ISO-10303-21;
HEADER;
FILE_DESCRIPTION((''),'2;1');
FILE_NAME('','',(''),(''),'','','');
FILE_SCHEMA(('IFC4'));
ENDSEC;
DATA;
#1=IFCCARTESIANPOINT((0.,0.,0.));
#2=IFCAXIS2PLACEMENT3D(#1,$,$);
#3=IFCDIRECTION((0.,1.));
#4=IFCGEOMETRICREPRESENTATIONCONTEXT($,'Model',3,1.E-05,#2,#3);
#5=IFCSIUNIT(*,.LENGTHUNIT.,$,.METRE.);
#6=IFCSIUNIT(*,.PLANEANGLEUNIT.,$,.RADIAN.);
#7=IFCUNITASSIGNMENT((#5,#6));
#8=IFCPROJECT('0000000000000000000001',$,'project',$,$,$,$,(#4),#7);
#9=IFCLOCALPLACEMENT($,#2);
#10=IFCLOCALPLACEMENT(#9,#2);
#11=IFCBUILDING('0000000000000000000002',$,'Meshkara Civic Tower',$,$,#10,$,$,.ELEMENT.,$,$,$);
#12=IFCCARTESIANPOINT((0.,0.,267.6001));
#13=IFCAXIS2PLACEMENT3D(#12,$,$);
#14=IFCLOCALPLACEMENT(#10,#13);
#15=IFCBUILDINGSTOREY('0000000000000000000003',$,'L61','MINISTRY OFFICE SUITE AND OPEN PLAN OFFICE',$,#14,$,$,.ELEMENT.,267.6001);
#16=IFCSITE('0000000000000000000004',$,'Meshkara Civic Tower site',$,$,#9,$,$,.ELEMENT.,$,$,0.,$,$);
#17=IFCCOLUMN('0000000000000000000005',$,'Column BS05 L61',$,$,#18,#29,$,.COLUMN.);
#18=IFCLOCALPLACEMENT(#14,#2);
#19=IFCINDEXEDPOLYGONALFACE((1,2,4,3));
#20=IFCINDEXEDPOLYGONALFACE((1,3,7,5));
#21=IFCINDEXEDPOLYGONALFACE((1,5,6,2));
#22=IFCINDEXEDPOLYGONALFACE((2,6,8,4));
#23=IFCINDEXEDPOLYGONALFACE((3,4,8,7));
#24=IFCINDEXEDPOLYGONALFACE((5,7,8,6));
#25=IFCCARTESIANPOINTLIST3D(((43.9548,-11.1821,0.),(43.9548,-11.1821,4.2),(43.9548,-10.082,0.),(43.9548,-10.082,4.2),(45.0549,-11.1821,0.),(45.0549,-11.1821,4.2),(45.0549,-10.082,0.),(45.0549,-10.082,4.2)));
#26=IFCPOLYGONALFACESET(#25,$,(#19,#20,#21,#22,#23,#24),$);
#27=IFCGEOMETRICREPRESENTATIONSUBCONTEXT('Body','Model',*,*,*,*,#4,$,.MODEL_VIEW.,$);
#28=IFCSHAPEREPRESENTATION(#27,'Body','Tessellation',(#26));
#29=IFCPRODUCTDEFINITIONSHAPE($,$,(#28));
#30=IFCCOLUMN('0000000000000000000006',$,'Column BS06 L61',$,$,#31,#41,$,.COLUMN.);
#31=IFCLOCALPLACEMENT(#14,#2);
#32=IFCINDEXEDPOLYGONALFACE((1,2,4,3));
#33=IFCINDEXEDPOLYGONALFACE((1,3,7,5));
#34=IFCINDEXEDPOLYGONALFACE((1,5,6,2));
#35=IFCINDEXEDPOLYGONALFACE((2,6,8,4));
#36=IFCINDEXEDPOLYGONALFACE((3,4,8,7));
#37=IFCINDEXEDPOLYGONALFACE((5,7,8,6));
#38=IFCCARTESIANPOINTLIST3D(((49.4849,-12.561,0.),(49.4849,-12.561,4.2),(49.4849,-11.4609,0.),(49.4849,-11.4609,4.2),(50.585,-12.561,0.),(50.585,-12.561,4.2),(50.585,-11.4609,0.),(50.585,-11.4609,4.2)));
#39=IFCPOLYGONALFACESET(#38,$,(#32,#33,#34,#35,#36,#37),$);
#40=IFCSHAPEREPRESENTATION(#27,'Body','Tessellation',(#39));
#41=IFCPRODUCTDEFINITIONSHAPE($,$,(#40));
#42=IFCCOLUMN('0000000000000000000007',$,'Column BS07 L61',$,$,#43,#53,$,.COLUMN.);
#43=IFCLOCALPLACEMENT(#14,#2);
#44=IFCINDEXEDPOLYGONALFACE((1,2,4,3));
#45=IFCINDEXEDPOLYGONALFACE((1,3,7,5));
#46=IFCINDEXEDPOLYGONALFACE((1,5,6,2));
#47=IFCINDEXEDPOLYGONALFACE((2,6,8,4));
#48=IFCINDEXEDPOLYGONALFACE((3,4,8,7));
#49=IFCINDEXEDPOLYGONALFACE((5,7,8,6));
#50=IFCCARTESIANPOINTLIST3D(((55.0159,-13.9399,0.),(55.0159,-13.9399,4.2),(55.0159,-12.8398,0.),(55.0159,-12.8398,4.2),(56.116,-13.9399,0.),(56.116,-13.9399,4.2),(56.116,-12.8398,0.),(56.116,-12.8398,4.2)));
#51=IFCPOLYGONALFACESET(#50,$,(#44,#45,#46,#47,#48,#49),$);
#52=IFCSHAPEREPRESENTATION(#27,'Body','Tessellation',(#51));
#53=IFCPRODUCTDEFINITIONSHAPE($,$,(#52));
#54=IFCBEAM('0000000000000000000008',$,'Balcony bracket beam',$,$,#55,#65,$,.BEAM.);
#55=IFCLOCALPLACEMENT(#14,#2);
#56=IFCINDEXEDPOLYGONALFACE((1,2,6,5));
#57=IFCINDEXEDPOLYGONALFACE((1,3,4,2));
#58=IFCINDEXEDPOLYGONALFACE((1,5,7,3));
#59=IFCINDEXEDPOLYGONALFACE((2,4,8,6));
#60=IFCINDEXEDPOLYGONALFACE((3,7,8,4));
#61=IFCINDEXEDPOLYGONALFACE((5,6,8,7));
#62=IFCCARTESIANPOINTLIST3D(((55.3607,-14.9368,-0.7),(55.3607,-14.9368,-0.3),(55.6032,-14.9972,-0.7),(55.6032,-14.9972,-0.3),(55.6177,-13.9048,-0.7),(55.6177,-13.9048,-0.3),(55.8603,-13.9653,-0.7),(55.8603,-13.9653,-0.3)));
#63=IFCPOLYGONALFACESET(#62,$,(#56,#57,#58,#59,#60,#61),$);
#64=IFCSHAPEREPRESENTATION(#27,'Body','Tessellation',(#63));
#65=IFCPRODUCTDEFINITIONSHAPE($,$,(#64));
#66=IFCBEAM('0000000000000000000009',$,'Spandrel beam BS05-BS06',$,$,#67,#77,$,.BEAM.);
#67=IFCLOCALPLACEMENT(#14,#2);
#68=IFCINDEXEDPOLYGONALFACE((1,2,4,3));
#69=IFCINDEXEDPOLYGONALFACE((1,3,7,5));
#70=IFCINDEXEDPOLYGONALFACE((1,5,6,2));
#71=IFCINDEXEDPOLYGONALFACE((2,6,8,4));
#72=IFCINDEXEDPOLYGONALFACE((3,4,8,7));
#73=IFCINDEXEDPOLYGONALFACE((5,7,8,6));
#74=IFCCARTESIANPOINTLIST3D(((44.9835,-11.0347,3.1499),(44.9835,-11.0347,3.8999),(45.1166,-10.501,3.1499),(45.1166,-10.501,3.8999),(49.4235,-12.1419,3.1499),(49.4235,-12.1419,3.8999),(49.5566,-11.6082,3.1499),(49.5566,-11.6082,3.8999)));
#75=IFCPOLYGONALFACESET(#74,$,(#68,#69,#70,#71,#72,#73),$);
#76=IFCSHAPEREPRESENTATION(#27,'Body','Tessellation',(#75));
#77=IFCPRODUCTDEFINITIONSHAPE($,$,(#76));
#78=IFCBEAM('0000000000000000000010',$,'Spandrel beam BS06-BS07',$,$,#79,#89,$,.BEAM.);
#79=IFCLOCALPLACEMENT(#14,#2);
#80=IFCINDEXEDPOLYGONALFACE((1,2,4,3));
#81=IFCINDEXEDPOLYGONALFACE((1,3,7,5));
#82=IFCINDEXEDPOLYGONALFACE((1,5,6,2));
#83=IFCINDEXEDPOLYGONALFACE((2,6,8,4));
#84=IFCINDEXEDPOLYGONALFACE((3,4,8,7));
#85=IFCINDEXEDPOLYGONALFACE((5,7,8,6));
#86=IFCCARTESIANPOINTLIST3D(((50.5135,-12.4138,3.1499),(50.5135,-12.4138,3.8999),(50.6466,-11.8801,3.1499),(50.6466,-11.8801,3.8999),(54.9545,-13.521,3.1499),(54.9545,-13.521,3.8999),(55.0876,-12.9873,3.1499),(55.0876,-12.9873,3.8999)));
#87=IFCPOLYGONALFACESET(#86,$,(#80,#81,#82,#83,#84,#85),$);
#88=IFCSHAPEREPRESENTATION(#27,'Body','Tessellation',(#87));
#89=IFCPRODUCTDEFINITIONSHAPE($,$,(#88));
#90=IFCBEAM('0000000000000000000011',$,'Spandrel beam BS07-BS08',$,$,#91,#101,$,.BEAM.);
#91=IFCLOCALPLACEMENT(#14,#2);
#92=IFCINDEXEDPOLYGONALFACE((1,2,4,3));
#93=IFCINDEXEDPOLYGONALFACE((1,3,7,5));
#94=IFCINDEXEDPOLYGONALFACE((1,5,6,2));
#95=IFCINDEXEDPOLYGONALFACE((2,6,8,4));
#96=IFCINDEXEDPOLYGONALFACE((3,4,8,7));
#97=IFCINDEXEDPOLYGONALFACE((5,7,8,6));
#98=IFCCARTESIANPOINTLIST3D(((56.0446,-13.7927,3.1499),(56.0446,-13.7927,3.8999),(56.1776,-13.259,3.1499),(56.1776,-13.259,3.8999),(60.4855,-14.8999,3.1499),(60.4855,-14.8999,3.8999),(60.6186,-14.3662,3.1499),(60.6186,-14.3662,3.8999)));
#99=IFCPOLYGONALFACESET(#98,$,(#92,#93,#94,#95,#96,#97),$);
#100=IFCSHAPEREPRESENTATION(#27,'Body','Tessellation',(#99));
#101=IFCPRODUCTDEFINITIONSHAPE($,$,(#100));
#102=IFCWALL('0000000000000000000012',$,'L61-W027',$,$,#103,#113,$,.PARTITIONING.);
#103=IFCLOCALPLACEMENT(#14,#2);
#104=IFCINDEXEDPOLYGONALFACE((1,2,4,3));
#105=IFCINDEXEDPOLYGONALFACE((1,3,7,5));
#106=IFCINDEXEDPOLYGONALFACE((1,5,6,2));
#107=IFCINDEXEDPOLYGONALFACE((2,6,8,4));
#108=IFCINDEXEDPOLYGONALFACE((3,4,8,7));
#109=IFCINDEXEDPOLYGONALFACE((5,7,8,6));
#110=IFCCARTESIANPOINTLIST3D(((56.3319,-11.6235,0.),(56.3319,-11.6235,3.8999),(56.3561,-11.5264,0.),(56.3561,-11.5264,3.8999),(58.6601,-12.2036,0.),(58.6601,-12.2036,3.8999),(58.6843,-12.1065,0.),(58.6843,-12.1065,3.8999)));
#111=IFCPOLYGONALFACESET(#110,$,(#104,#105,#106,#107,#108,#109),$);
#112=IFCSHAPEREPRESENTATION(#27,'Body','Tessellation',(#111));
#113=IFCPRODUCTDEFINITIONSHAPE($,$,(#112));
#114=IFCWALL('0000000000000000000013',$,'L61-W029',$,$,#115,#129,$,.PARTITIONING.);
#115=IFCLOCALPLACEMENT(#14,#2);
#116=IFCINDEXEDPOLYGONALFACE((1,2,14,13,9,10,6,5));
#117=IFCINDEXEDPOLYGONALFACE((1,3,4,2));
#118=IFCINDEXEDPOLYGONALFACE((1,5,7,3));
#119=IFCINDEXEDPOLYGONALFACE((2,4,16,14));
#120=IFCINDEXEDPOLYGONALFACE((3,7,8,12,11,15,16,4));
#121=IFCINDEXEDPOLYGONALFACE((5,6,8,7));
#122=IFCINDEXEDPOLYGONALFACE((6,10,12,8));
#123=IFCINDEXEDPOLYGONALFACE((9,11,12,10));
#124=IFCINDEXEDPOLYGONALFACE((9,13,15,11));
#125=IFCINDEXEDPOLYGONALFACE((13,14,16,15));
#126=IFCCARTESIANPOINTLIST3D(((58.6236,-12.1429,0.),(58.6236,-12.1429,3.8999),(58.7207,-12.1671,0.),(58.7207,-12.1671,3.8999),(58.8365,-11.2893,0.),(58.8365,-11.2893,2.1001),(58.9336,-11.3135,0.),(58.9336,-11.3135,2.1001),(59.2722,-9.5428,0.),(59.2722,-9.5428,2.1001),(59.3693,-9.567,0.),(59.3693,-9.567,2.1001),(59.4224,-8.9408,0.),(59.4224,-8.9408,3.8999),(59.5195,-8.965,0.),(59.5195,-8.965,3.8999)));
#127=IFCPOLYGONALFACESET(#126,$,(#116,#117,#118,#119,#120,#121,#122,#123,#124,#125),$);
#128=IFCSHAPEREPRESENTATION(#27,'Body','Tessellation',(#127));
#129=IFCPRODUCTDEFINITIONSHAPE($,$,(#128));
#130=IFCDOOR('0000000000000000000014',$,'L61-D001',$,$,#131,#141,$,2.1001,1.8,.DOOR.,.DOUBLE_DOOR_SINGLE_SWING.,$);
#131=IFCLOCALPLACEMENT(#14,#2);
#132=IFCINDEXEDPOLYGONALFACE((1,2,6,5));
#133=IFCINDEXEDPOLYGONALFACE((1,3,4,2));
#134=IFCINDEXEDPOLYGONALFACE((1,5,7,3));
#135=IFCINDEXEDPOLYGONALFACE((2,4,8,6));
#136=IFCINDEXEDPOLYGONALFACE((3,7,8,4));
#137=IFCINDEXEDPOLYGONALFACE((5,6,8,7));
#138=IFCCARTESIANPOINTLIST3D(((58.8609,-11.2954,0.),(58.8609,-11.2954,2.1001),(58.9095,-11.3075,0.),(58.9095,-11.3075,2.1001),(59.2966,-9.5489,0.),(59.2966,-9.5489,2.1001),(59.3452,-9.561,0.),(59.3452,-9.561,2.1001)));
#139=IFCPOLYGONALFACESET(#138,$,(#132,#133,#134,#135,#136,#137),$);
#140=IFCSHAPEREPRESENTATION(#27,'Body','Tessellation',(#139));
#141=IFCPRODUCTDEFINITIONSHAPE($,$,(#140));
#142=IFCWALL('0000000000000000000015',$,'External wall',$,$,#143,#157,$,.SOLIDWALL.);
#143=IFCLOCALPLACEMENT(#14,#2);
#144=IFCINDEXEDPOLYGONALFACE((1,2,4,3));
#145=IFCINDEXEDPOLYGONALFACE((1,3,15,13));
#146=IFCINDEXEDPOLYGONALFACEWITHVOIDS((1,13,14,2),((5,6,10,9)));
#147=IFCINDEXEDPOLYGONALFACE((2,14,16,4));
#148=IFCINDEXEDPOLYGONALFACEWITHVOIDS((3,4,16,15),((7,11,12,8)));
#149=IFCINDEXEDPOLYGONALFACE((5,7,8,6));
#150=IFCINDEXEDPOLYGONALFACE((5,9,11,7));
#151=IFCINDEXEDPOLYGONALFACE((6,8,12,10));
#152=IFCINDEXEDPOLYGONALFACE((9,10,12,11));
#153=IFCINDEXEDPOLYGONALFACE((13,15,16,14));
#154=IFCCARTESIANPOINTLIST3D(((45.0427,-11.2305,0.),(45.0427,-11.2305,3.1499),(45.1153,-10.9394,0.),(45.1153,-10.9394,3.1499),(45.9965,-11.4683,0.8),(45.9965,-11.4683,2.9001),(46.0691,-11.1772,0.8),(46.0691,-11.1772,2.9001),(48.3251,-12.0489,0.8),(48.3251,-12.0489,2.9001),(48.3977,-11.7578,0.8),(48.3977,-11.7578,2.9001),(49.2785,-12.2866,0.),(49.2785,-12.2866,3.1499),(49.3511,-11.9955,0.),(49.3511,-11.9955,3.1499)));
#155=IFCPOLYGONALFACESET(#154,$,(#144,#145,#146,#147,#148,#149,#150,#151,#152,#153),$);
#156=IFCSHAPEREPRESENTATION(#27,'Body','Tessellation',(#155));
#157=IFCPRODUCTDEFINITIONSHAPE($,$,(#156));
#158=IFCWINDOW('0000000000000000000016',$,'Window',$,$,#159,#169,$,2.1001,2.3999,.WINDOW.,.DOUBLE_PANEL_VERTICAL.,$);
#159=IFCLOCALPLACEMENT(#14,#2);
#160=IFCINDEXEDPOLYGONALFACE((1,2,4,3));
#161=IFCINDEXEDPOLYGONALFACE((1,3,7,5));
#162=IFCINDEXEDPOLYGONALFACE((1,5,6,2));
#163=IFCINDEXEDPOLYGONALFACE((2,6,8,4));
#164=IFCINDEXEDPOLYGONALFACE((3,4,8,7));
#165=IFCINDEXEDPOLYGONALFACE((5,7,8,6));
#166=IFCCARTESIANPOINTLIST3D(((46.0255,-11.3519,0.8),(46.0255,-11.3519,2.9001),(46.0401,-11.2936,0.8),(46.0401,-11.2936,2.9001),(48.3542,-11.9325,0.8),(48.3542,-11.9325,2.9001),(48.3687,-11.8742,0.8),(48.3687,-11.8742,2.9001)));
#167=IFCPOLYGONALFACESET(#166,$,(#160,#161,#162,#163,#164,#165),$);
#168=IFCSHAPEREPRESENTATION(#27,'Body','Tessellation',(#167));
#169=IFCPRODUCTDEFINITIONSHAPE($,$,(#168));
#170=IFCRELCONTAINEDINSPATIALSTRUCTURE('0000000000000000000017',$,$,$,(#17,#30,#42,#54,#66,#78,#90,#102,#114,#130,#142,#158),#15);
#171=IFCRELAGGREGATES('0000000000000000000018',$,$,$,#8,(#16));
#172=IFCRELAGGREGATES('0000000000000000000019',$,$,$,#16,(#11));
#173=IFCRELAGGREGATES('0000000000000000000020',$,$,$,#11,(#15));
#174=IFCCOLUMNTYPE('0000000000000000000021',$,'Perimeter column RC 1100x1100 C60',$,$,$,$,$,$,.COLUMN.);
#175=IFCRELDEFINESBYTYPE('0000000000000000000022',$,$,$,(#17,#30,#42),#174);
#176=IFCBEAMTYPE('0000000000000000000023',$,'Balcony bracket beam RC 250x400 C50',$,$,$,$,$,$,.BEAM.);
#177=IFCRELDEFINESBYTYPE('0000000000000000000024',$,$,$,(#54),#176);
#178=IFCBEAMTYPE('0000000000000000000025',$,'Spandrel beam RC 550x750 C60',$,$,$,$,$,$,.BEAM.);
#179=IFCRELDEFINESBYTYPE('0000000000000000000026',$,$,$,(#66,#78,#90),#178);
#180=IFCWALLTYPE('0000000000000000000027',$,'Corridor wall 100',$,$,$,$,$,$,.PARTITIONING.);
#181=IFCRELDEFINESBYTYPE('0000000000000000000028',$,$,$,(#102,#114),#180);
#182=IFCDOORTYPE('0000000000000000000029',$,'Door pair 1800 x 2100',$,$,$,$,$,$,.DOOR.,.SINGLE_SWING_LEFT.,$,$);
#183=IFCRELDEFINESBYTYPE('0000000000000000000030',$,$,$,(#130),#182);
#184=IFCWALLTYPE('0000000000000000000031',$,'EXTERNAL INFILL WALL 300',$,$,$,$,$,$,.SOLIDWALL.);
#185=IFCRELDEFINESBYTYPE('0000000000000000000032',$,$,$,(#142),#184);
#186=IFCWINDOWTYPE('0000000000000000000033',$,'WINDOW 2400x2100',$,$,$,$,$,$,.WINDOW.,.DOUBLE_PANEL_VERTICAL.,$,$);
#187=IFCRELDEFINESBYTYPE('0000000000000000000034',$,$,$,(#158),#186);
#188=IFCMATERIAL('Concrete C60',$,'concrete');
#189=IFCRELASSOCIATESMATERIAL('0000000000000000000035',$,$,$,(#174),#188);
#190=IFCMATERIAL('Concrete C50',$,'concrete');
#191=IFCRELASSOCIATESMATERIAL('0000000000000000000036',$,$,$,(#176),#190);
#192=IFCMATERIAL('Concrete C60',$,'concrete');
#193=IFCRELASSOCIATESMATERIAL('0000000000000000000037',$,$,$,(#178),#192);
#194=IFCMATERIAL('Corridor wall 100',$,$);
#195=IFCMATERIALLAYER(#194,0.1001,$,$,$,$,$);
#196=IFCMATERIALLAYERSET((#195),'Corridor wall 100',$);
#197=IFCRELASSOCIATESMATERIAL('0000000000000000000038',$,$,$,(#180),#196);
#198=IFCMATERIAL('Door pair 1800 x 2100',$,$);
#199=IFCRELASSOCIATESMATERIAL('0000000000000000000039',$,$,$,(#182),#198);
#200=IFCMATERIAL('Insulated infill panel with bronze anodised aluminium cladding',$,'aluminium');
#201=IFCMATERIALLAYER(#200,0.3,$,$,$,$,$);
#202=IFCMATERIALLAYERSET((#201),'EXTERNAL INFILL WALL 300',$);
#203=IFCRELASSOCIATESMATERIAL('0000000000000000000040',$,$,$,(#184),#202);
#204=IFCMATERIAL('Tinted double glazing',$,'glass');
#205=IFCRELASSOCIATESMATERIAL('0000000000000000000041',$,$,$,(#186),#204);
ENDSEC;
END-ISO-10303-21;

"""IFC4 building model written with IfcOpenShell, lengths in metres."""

from ifc_helpers import new_model, si_unit, direction, frame, frame_2d, origin, origin_2d, place, context, subcontext, project, spatial, rectangle, extrude, material, layer, layer_set, material_profile, profile_set, type_object, element, fill, save


model = new_model("IFC4")

# Units and contexts
model_context = context("Model", 3, precision=1e-05, world=origin(), true_north=direction((0.0, 1.0)))
body_context = subcontext(model_context, "Body", "Model", "MODEL_VIEW")
ifc_project = project(units=[si_unit("LENGTHUNIT", "METRE"), si_unit("PLANEANGLEUNIT", "RADIAN")], contexts=[model_context])

# Site, building, storey
site_placement = place(None, origin())
site = spatial("IfcSite", under=ifc_project, at=site_placement, Name="Meshkara Civic Tower site", CompositionType="ELEMENT", RefElevation=0.0)
building_placement = place(site_placement, origin())
building = spatial("IfcBuilding", under=site, at=building_placement, Name="Meshkara Civic Tower", CompositionType="ELEMENT")
storey_placement = place(building_placement, frame((0.0, 0.0, 267.6001)))
storey = spatial("IfcBuildingStorey", under=building, at=storey_placement, Name="L61", Description="MINISTRY OFFICE SUITE AND OPEN PLAN OFFICE", CompositionType="ELEMENT", Elevation=267.6001)

# Columns
ifc_material_1 = material(Name="Concrete C60", Category="concrete")
ifc_material_profile_1 = material_profile(ifc_material_1, rectangle(XDim=1.1001, YDim=1.1001, at=origin_2d()))
ifc_profile_set_1 = profile_set([ifc_material_profile_1], Name="Concrete C60")
column_type = type_object("IfcColumnType", Name="Perimeter column RC 1100x1100 C60", PredefinedType="COLUMN", material=ifc_profile_set_1)
for number, where, z_axis, x_axis, name in (
    (1, (44.5049, -10.6321, 0.0), (0.0, 0.0, 1.0), (1.0, 0.0, 0.0), "Column BS05 L61"),
    (2, (50.0349, -12.011, 0.0), (0.0, 0.0, 1.0), (1.0, 0.0, 0.0), "Column BS06 L61"),
    (3, (55.5659, -13.3899, 0.0), (0.0, 0.0, 1.0), (1.0, 0.0, 0.0), "Column BS07 L61"),
):
    element("IfcColumn", number, at=place(storey_placement, frame(where, z_axis=z_axis, x_axis=x_axis)), inside=storey, type_object=column_type, Name=name, PredefinedType="COLUMN", context=body_context, shape_type="SweptSolid", body=[
        extrude(rectangle(XDim=1.1001, YDim=1.1001, at=origin_2d()), origin(), (0.0, 0.0, 1.0), 4.2),
    ])

# Beams
ifc_material_2 = material(Name="Concrete C50", Category="concrete")
ifc_material_profile_2 = material_profile(ifc_material_2, rectangle(XDim=0.25, YDim=0.3999, at=origin_2d()))
ifc_profile_set_2 = profile_set([ifc_material_profile_2], Name="Concrete C50")
beam_type_1 = type_object("IfcBeamType", Name="Balcony bracket beam RC 250x400 C50", PredefinedType="BEAM", material=ifc_profile_set_2)
beam_1_placement = place(storey_placement, frame((55.739, -13.9351, -0.5), z_axis=(-0.241725, -0.970345, 0.0), x_axis=(0.970345, -0.241725, 0.0)))
element("IfcBeam", 4, at=beam_1_placement, inside=storey, type_object=beam_type_1, Name="Balcony bracket beam", PredefinedType="BEAM", context=body_context, shape_type="SweptSolid", body=[
    extrude(rectangle(XDim=0.25, YDim=0.3999, at=origin_2d()), origin(), (0.0, 0.0, 1.0), 1.0635),
])
ifc_material_3 = material(Name="Concrete C60", Category="concrete")
ifc_material_profile_3 = material_profile(ifc_material_3, rectangle(XDim=0.55, YDim=0.75, at=origin_2d()))
ifc_profile_set_3 = profile_set([ifc_material_profile_3], Name="Concrete C60")
beam_type_2 = type_object("IfcBeamType", Name="Spandrel beam RC 550x750 C60", PredefinedType="BEAM", material=ifc_profile_set_3)
beam_2_placement = place(storey_placement, frame((45.05, -10.7678, 3.5249), z_axis=(0.970287, -0.241958, 0.0), x_axis=(0.241958, 0.970287, 0.0)))
element("IfcBeam", 5, at=beam_2_placement, inside=storey, type_object=beam_type_2, Name="Spandrel beam BS05-BS06", PredefinedType="BEAM", context=body_context, shape_type="SweptSolid", body=[
    extrude(rectangle(XDim=0.55, YDim=0.75, at=origin_2d()), origin(), (0.0, 0.0, 1.0), 4.5759),
])
for number, where, z_axis, x_axis, name in (
    (6, (50.5801, -12.147, 3.5249), (0.970299, -0.241908, 0.0), (0.241908, 0.970299, 0.0), "Spandrel beam BS06-BS07"),
    (7, (56.1111, -13.5259, 3.5249), (0.970299, -0.241908, 0.0), (0.241908, 0.970299, 0.0), "Spandrel beam BS07-BS08"),
):
    element("IfcBeam", number, at=place(storey_placement, frame(where, z_axis=z_axis, x_axis=x_axis)), inside=storey, type_object=beam_type_2, Name=name, PredefinedType="BEAM", context=body_context, shape_type="SweptSolid", body=[
        extrude(rectangle(XDim=0.55, YDim=0.75, at=origin_2d()), origin(), (0.0, 0.0, 1.0), 4.5769),
    ])

# Wall
ifc_material_4 = material(Name="Corridor wall 100")
ifc_layer_1 = layer(ifc_material_4, 0.1001)
ifc_layer_set_1 = layer_set([ifc_layer_1], Name="Corridor wall 100")
wall_type_1 = type_object("IfcWallType", Name="Corridor wall 100", PredefinedType="PARTITIONING", material=ifc_layer_set_1)
wall_1_placement = place(storey_placement, frame((56.344, -11.575, 0.0), z_axis=(0.0, 0.0, 1.0), x_axis=(0.970334, -0.241769, 0.0)))
element("IfcWall", 8, at=wall_1_placement, inside=storey, type_object=wall_type_1, Name="L61-W027", PredefinedType="PARTITIONING", context=body_context, shape_type="SweptSolid", body=[
    extrude(rectangle(XDim=2.3994, YDim=0.1001, at=frame_2d((1.1997, 0.0))), origin(), (0.0, 0.0, 1.0), 3.8999),
])

# Wall, opening, door
wall_2_placement = place(storey_placement, frame((58.6721, -12.155, 0.0), z_axis=(0.0, 0.0, 1.0), x_axis=(0.242048, 0.970264, 0.0)))
wall_2 = element("IfcWall", 9, at=wall_2_placement, inside=storey, type_object=wall_type_1, Name="L61-W029", PredefinedType="PARTITIONING", context=body_context, shape_type="SweptSolid", body=[
    extrude(rectangle(XDim=3.3003, YDim=0.1001, at=frame_2d((1.6501, 0.0))), origin(), (0.0, 0.0, 1.0), 3.8999),
])
opening_1_placement = place(wall_2_placement, frame((0.8799, 0.0, 0.0)))
opening_1 = element("IfcOpeningElement", 10, at=opening_1_placement, cuts=wall_2, PredefinedType="OPENING", context=body_context, shape_type="SweptSolid", body=[
    extrude(rectangle(XDim=1.8, YDim=2.1001, at=frame_2d((0.8999, 1.05))), frame((0.0, 0.0601, 0.0), z_axis=(0.0, -1.0, 0.0), x_axis=(1.0, 0.0, 0.0)), (0.0, 0.0, 1.0), 0.1201),
])
ifc_material_5 = material(Name="Door pair 1800 x 2100")
door_type_1 = type_object("IfcDoorType", Name="Door pair 1800 x 2100", OperationType="SINGLE_SWING_LEFT", PredefinedType="DOOR", material=ifc_material_5)
door_1_placement = place(opening_1_placement, origin())
door_1 = element("IfcDoor", 11, at=door_1_placement, inside=storey, type_object=door_type_1, Name="L61-D001", OperationType="DOUBLE_DOOR_SINGLE_SWING", OverallHeight=2.1001, OverallWidth=1.8, PredefinedType="DOOR", context=body_context, shape_type="SweptSolid", body=[
    extrude(rectangle(XDim=1.8, YDim=2.1001, at=frame_2d((0.8999, 1.05))), frame((0.0, 0.0249, 0.0), z_axis=(0.0, -1.0, 0.0), x_axis=(1.0, 0.0, 0.0)), (0.0, 0.0, 1.0), 0.05),
])
fill(opening_1, door_1)

# Wall, opening, window
ifc_material_6 = material(Name="Insulated infill panel with bronze anodised aluminium cladding", Category="aluminium")
ifc_layer_2 = layer(ifc_material_6, 0.3)
ifc_layer_set_2 = layer_set([ifc_layer_2], Name="EXTERNAL INFILL WALL 300")
wall_type_2 = type_object("IfcWallType", Name="EXTERNAL INFILL WALL 300", PredefinedType="SOLIDWALL", material=ifc_layer_set_2)
wall_3_placement = place(storey_placement, frame((45.0791, -11.085, 0.0), z_axis=(0.0, 0.0, 1.0), x_axis=(0.970294, -0.24193, 0.0)))
wall_3 = element("IfcWall", 12, at=wall_3_placement, inside=storey, type_object=wall_type_2, Name="External wall", PredefinedType="SOLIDWALL", context=body_context, shape_type="SweptSolid", body=[
    extrude(rectangle(XDim=4.3655, YDim=0.3, at=frame_2d((2.1826, 0.0))), origin(), (0.0, 0.0, 1.0), 3.1499),
])
opening_2_placement = place(wall_3_placement, frame((0.9829, 0.0, 0.8)))
opening_2 = element("IfcOpeningElement", 13, at=opening_2_placement, cuts=wall_3, PredefinedType="OPENING", context=body_context, shape_type="SweptSolid", body=[
    extrude(rectangle(XDim=2.3999, YDim=2.1001, at=frame_2d((1.2, 1.05))), frame((0.0, 0.1599, 0.0), z_axis=(0.0, -1.0, 0.0), x_axis=(1.0, 0.0, 0.0)), (0.0, 0.0, 1.0), 0.3201),
])
ifc_material_7 = material(Name="Tinted double glazing", Category="glass")
window_type = type_object("IfcWindowType", Name="WINDOW 2400x2100", PartitioningType="DOUBLE_PANEL_VERTICAL", PredefinedType="WINDOW", material=ifc_material_7)
window_1_placement = place(opening_2_placement, origin())
window_1 = element("IfcWindow", 14, at=window_1_placement, inside=storey, type_object=window_type, Name="Window", OverallHeight=2.1001, OverallWidth=2.3999, PartitioningType="DOUBLE_PANEL_VERTICAL", PredefinedType="WINDOW", context=body_context, shape_type="SweptSolid", body=[
    extrude(rectangle(XDim=2.3999, YDim=2.1001, at=frame_2d((1.2, 1.05))), frame((0.0, 0.03, 0.0), z_axis=(0.0, -1.0, 0.0), x_axis=(1.0, 0.0, 0.0)), (0.0, 0.0, 1.0), 0.0601),
])
fill(opening_2, window_1)

save(model, "model.ifc")
